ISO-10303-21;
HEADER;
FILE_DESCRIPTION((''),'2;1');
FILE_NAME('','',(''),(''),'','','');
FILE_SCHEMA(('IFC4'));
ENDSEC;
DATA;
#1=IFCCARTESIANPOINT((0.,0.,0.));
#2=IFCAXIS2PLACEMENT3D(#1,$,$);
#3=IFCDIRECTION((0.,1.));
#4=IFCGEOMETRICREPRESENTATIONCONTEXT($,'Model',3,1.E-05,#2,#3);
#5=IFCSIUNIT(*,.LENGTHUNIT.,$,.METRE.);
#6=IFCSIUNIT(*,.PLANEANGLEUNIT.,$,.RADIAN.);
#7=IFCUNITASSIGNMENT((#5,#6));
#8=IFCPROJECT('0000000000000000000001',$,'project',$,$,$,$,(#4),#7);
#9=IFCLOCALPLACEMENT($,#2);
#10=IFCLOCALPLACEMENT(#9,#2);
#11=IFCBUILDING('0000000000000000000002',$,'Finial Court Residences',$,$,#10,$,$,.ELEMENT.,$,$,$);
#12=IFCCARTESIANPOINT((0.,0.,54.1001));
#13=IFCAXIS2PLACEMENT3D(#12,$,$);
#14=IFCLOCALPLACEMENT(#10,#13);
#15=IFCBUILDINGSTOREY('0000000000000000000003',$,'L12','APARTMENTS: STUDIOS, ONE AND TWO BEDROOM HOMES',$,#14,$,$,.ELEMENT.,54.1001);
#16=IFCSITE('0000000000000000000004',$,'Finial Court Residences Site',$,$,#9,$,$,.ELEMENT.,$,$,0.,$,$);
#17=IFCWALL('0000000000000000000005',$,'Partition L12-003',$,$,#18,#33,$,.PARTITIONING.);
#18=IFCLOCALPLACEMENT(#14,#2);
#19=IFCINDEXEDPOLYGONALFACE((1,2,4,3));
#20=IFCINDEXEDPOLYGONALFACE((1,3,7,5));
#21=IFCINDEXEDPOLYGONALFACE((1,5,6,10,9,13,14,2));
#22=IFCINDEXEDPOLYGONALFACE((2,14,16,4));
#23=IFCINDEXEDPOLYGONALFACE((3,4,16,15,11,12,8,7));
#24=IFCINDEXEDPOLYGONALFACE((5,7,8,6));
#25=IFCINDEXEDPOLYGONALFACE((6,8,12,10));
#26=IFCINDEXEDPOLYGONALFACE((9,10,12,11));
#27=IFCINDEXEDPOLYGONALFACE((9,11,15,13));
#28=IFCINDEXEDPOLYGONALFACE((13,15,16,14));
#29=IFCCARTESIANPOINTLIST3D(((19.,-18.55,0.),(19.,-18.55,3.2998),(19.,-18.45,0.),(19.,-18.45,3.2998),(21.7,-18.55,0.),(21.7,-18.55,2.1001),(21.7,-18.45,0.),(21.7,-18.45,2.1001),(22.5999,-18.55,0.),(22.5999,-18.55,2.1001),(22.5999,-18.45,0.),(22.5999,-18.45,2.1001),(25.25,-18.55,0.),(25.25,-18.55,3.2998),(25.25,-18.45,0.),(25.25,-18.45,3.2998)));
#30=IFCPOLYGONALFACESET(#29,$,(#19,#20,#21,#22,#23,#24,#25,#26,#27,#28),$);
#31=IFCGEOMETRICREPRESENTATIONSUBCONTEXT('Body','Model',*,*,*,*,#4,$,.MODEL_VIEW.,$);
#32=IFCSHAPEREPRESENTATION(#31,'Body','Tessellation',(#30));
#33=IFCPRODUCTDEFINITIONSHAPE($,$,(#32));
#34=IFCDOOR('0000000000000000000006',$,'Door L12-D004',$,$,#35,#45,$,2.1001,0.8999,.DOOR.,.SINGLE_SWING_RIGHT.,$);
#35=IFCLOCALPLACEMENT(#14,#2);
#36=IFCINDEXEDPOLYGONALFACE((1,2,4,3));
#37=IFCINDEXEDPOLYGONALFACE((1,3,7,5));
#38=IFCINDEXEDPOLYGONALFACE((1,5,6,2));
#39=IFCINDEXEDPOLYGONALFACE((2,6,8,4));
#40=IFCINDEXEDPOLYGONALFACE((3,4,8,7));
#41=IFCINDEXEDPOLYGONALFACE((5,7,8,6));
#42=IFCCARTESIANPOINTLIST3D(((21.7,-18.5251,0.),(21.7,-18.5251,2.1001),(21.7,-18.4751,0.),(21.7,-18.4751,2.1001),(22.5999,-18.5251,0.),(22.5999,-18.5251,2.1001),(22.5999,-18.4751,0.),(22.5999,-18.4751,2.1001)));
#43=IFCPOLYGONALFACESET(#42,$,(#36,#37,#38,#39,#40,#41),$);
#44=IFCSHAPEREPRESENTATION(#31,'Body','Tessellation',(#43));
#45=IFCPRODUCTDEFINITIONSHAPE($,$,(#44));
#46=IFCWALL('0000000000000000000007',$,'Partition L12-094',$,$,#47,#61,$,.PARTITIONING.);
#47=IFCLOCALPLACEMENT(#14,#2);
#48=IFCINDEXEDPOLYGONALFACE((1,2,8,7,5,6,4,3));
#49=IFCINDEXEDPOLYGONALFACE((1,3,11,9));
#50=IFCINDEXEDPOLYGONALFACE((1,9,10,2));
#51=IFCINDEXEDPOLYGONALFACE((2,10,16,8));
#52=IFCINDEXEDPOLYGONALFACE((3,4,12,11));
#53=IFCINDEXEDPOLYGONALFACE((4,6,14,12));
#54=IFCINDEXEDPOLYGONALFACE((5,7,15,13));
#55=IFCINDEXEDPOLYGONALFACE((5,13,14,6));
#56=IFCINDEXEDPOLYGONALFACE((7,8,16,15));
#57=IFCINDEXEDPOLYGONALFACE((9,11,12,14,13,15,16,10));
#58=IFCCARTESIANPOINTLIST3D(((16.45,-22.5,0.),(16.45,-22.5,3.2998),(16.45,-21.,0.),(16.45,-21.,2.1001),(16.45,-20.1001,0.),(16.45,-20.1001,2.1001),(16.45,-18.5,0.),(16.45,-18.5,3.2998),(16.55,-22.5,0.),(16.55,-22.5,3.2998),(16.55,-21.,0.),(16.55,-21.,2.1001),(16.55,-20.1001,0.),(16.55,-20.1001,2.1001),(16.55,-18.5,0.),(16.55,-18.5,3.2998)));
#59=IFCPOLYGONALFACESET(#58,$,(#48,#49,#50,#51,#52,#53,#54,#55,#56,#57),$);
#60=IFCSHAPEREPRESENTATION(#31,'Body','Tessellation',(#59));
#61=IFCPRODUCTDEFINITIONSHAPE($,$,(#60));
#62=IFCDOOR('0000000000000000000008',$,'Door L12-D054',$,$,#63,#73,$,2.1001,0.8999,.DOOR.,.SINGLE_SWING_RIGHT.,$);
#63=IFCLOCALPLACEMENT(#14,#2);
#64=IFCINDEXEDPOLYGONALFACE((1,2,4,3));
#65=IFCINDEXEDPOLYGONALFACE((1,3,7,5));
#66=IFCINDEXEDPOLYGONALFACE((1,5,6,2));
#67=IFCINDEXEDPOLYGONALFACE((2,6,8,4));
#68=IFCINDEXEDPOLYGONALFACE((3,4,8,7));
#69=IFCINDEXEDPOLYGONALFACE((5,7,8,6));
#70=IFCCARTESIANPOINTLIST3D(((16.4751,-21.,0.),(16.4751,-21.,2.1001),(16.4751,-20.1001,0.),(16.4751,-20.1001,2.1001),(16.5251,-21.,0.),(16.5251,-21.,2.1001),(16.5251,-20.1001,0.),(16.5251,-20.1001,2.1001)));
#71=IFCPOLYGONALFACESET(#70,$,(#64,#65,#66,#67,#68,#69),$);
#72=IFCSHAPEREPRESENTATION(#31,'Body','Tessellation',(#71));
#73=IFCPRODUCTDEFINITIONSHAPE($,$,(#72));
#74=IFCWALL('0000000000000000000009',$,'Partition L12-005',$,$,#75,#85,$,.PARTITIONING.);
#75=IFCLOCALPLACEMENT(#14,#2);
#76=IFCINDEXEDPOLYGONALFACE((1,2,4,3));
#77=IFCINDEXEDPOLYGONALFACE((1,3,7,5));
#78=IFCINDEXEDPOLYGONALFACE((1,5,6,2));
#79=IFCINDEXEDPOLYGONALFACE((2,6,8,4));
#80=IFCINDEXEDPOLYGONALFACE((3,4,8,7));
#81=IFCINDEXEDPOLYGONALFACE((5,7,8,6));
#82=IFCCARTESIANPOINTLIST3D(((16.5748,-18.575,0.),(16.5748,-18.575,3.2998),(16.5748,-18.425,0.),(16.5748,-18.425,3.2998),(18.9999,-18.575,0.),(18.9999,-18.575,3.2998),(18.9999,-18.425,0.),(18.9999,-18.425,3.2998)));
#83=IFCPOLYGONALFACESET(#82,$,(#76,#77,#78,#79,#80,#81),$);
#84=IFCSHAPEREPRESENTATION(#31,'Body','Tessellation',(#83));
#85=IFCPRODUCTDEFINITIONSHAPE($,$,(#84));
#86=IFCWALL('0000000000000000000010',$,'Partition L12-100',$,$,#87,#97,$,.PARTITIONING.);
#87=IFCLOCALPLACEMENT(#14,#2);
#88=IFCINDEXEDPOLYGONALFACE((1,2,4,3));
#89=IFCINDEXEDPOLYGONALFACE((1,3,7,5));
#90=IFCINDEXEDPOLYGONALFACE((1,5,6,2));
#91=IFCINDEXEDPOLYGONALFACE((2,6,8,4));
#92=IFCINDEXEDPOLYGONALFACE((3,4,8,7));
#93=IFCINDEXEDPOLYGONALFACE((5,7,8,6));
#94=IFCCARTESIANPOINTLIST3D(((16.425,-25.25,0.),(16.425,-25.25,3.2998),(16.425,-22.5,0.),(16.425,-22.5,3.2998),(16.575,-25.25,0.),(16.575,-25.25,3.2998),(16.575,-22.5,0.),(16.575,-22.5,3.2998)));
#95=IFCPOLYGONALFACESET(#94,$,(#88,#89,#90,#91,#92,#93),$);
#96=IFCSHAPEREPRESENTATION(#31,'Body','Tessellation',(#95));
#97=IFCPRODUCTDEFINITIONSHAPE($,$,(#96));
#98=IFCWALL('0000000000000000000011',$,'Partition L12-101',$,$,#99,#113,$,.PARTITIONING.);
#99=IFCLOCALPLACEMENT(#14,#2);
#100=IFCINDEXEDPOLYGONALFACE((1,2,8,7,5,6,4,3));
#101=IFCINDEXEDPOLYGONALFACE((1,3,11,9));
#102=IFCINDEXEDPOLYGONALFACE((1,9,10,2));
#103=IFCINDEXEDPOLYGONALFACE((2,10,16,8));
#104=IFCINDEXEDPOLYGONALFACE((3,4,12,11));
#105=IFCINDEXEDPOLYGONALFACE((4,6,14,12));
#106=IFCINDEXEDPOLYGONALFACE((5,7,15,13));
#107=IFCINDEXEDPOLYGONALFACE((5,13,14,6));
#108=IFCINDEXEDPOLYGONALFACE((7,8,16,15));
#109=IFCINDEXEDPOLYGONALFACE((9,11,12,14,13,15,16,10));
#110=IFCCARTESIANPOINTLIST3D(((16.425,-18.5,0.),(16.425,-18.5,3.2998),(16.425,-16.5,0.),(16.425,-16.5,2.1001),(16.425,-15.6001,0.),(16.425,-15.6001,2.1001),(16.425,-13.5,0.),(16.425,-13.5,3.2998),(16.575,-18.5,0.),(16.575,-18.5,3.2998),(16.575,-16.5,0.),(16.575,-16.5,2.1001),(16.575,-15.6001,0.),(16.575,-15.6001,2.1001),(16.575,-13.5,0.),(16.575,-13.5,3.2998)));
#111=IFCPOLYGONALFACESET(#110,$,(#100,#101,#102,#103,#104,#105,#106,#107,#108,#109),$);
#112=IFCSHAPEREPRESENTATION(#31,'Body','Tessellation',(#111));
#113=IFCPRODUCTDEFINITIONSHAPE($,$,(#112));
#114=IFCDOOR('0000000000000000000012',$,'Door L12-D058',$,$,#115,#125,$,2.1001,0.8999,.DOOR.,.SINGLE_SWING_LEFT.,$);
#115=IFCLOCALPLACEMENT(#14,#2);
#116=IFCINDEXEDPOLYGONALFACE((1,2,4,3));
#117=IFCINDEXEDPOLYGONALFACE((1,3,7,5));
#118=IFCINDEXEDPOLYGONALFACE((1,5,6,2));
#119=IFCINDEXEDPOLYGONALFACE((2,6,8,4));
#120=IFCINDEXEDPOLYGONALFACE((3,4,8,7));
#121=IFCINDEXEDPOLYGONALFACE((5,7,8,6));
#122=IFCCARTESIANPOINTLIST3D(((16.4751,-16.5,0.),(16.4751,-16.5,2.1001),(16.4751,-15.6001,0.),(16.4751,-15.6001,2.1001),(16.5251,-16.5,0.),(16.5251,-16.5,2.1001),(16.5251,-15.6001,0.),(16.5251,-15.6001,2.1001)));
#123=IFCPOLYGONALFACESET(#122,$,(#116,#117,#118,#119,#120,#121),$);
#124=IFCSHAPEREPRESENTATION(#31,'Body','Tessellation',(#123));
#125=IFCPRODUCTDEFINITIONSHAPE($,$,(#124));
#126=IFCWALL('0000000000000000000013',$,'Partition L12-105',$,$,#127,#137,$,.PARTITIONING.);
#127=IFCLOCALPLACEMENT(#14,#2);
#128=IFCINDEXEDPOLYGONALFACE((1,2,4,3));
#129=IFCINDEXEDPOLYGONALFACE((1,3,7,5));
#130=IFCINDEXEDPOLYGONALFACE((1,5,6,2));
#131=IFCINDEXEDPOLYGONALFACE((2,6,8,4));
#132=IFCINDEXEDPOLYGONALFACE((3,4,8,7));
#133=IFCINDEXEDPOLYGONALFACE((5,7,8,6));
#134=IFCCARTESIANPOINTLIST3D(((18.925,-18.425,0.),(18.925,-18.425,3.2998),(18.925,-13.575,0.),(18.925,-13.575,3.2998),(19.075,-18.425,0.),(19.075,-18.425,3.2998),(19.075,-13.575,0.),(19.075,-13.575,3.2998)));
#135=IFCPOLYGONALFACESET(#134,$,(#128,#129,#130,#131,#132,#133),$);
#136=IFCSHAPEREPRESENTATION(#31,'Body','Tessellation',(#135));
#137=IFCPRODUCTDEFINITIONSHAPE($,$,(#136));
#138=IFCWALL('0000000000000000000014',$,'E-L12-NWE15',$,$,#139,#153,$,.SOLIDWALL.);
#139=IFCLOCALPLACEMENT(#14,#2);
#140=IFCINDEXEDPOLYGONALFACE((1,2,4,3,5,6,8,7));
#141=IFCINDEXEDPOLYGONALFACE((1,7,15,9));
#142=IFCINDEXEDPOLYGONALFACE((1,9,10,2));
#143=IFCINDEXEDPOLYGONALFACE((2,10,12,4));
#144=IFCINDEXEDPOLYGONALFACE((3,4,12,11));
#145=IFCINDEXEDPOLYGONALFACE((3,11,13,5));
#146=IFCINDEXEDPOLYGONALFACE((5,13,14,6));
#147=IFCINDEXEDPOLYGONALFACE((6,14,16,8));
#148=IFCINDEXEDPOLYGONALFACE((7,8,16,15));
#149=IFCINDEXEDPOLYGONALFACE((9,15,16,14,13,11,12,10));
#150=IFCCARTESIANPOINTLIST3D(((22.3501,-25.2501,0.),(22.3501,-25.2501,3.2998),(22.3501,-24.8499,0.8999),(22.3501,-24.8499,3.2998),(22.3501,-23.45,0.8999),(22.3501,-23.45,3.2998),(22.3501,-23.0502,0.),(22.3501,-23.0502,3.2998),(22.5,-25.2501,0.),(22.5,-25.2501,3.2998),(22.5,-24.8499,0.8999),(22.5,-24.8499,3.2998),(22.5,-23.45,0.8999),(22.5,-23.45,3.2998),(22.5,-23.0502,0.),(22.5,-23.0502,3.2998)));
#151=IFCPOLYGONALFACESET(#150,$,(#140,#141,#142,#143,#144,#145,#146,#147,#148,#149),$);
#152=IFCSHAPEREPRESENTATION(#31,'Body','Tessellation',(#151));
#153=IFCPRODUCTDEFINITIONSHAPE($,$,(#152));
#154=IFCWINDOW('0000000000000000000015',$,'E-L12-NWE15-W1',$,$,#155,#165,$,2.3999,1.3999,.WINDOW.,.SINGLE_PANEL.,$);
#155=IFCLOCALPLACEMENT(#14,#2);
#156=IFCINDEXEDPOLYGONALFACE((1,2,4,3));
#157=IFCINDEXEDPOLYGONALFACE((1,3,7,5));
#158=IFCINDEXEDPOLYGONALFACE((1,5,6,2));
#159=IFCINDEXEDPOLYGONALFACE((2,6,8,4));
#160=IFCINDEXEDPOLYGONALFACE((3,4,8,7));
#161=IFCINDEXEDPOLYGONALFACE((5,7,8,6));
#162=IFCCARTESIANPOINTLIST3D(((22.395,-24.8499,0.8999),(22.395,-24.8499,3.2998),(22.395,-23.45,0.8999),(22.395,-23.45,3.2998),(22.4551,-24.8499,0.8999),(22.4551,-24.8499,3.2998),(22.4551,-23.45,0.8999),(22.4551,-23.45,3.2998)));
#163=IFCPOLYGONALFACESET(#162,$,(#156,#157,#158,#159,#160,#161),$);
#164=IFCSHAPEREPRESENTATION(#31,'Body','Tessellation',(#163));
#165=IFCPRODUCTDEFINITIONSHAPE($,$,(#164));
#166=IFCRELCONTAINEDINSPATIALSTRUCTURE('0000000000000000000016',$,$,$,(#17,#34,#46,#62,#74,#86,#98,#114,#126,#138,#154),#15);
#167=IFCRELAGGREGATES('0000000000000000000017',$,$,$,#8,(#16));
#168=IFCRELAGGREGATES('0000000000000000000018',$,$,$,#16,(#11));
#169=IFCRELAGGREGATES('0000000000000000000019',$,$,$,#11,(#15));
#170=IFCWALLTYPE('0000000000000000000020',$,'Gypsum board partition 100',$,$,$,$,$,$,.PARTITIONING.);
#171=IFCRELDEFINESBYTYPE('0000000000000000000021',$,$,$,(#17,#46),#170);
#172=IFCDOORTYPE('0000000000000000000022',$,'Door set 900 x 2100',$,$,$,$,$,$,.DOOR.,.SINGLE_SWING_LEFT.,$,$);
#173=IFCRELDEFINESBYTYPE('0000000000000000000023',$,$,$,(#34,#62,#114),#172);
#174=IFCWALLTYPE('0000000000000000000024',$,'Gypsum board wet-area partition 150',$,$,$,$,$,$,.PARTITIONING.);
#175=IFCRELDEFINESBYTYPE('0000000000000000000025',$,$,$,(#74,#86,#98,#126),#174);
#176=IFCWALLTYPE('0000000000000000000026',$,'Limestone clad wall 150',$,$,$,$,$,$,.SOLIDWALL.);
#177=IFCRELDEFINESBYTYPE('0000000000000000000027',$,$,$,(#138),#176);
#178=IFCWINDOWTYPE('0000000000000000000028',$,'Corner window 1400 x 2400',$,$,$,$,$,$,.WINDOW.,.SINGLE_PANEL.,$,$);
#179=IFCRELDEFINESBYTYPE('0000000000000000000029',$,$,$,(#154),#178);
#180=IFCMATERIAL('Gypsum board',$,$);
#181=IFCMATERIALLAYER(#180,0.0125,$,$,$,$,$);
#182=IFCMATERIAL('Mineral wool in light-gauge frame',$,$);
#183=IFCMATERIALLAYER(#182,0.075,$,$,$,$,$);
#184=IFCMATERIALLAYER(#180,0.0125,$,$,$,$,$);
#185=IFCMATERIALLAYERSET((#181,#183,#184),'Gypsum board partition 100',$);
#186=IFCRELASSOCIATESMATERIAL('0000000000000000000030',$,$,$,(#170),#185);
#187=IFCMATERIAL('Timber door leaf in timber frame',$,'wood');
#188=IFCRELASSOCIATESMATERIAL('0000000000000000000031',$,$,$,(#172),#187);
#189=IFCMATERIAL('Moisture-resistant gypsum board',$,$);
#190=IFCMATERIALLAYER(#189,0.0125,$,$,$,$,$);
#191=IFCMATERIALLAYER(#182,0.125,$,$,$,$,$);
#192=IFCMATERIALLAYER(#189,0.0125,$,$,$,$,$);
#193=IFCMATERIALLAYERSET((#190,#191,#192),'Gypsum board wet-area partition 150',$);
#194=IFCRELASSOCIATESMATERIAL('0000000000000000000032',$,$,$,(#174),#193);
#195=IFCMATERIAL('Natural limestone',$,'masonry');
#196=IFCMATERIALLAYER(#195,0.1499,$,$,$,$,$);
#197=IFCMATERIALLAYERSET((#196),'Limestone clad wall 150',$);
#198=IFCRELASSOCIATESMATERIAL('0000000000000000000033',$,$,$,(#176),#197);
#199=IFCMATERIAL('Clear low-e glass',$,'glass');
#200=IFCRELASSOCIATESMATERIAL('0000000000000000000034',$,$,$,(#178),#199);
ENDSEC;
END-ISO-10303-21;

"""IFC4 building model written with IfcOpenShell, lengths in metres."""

from ifc_helpers import new_model, si_unit, direction, frame, frame_2d, origin, place, context, subcontext, project, spatial, rectangle, extrude, material, layer, layer_set, type_object, element, fill, save


model = new_model("IFC4")

# Units and contexts
model_context = context("Model", 3, precision=1e-05, world=origin(), true_north=direction((0.0, 1.0)))
body_context = subcontext(model_context, "Body", "Model", "MODEL_VIEW")
ifc_project = project(units=[si_unit("LENGTHUNIT", "METRE"), si_unit("PLANEANGLEUNIT", "RADIAN")], contexts=[model_context])

# Site, building, storey
site_placement = place(None, origin())
site = spatial("IfcSite", under=ifc_project, at=site_placement, Name="Finial Court Residences Site", CompositionType="ELEMENT", RefElevation=0.0)
building_placement = place(site_placement, origin())
building = spatial("IfcBuilding", under=site, at=building_placement, Name="Finial Court Residences", CompositionType="ELEMENT")
storey_placement = place(building_placement, frame((0.0, 0.0, 54.1001)))
storey = spatial("IfcBuildingStorey", under=building, at=storey_placement, Name="L12", Description="APARTMENTS: STUDIOS, ONE AND TWO BEDROOM HOMES", CompositionType="ELEMENT", Elevation=54.1001)

# Shared definitions
ifc_material_1 = material(Name="Clear low-e glass", Category="glass")

# Walls, openings, doors
ifc_material_2 = material(Name="Gypsum board")
ifc_layer_1 = layer(ifc_material_2, 0.0125)
ifc_material_3 = material(Name="Mineral wool in light-gauge frame")
ifc_layer_2 = layer(ifc_material_3, 0.075)
ifc_layer_3 = layer(ifc_material_2, 0.0125)
ifc_layer_set_1 = layer_set([ifc_layer_1, ifc_layer_2, ifc_layer_3], Name="Gypsum board partition 100")
wall_type_1 = type_object("IfcWallType", Name="Gypsum board partition 100", PredefinedType="PARTITIONING", material=ifc_layer_set_1)
wall_1_placement = place(storey_placement, frame((19.0, -18.5, 0.0), z_axis=(0.0, 0.0, 1.0), x_axis=(1.0, 0.0, 0.0)))
wall_1 = element("IfcWall", 1, at=wall_1_placement, inside=storey, type_object=wall_type_1, Name="Partition L12-003", PredefinedType="PARTITIONING", context=body_context, shape_type="SweptSolid", body=[
    extrude(rectangle(XDim=6.25, YDim=0.1001, at=frame_2d((3.125, 0.0))), origin(), (0.0, 0.0, 1.0), 3.2998),
])
opening_1_placement = place(wall_1_placement, frame((2.7, 0.0, 0.0)))
opening_1 = element("IfcOpeningElement", 2, at=opening_1_placement, cuts=wall_1, PredefinedType="OPENING", context=body_context, shape_type="SweptSolid", body=[
    extrude(rectangle(XDim=0.8999, YDim=2.1001, at=frame_2d((0.45, 1.05))), frame((0.0, 0.0601, 0.0), z_axis=(0.0, -1.0, 0.0), x_axis=(1.0, 0.0, 0.0)), (0.0, 0.0, 1.0), 0.1201),
])
ifc_material_4 = material(Name="Timber door leaf in timber frame", Category="wood")
door_type = type_object("IfcDoorType", Name="Door set 900 x 2100", OperationType="SINGLE_SWING_LEFT", PredefinedType="DOOR", material=ifc_material_4)
door_1_placement = place(opening_1_placement, origin())
door_1 = element("IfcDoor", 3, at=door_1_placement, inside=storey, type_object=door_type, Name="Door L12-D004", OperationType="SINGLE_SWING_RIGHT", OverallHeight=2.1001, OverallWidth=0.8999, PredefinedType="DOOR", context=body_context, shape_type="SweptSolid", body=[
    extrude(rectangle(XDim=0.8999, YDim=2.1001, at=frame_2d((0.45, 1.05))), frame((0.0, 0.0249, 0.0), z_axis=(0.0, -1.0, 0.0), x_axis=(1.0, 0.0, 0.0)), (0.0, 0.0, 1.0), 0.05),
])
fill(opening_1, door_1)
wall_2_placement = place(storey_placement, frame((16.5, -22.5, 0.0), z_axis=(0.0, 0.0, 1.0), x_axis=(0.0, 1.0, 0.0)))
wall_2 = element("IfcWall", 4, at=wall_2_placement, inside=storey, type_object=wall_type_1, Name="Partition L12-094", PredefinedType="PARTITIONING", context=body_context, shape_type="SweptSolid", body=[
    extrude(rectangle(XDim=4.0, YDim=0.1001, at=frame_2d((2.0, 0.0))), origin(), (0.0, 0.0, 1.0), 3.2998),
])
opening_2_placement = place(wall_2_placement, frame((1.5, 0.0, 0.0)))
opening_2 = element("IfcOpeningElement", 5, at=opening_2_placement, cuts=wall_2, PredefinedType="OPENING", context=body_context, shape_type="SweptSolid", body=[
    extrude(rectangle(XDim=0.8999, YDim=2.1001, at=frame_2d((0.45, 1.05))), frame((0.0, 0.0601, 0.0), z_axis=(0.0, -1.0, 0.0), x_axis=(1.0, 0.0, 0.0)), (0.0, 0.0, 1.0), 0.1201),
])
door_2_placement = place(opening_2_placement, origin())
door_2 = element("IfcDoor", 6, at=door_2_placement, inside=storey, type_object=door_type, Name="Door L12-D054", OperationType="SINGLE_SWING_RIGHT", OverallHeight=2.1001, OverallWidth=0.8999, PredefinedType="DOOR", context=body_context, shape_type="SweptSolid", body=[
    extrude(rectangle(XDim=0.8999, YDim=2.1001, at=frame_2d((0.45, 1.05))), frame((0.0, 0.0249, 0.0), z_axis=(0.0, -1.0, 0.0), x_axis=(1.0, 0.0, 0.0)), (0.0, 0.0, 1.0), 0.05),
])
fill(opening_2, door_2)

# Walls
ifc_material_5 = material(Name="Moisture-resistant gypsum board")
ifc_layer_4 = layer(ifc_material_5, 0.0125)
ifc_layer_5 = layer(ifc_material_3, 0.125)
ifc_layer_6 = layer(ifc_material_5, 0.0125)
ifc_layer_set_2 = layer_set([ifc_layer_4, ifc_layer_5, ifc_layer_6], Name="Gypsum board wet-area partition 150")
wall_type_2 = type_object("IfcWallType", Name="Gypsum board wet-area partition 150", PredefinedType="PARTITIONING", material=ifc_layer_set_2)
wall_3_placement = place(storey_placement, frame((16.575, -18.5, 0.0), z_axis=(0.0, 0.0, 1.0), x_axis=(1.0, 0.0, 0.0)))
element("IfcWall", 7, at=wall_3_placement, inside=storey, type_object=wall_type_2, Name="Partition L12-005", PredefinedType="PARTITIONING", context=body_context, shape_type="SweptSolid", body=[
    extrude(rectangle(XDim=2.425, YDim=0.1499, at=frame_2d((1.2124, 0.0))), origin(), (0.0, 0.0, 1.0), 3.2998),
])
wall_4_placement = place(storey_placement, frame((16.5, -25.25, 0.0), z_axis=(0.0, 0.0, 1.0), x_axis=(0.0, 1.0, 0.0)))
element("IfcWall", 8, at=wall_4_placement, inside=storey, type_object=wall_type_2, Name="Partition L12-100", PredefinedType="PARTITIONING", context=body_context, shape_type="SweptSolid", body=[
    extrude(rectangle(XDim=2.75, YDim=0.1499, at=frame_2d((1.375, 0.0))), origin(), (0.0, 0.0, 1.0), 3.2998),
])

# Wall, opening, door
wall_5_placement = place(storey_placement, frame((16.5, -18.5, 0.0), z_axis=(0.0, 0.0, 1.0), x_axis=(0.0, 1.0, 0.0)))
wall_5 = element("IfcWall", 9, at=wall_5_placement, inside=storey, type_object=wall_type_2, Name="Partition L12-101", PredefinedType="PARTITIONING", context=body_context, shape_type="SweptSolid", body=[
    extrude(rectangle(XDim=5.0, YDim=0.1499, at=frame_2d((2.5, 0.0))), origin(), (0.0, 0.0, 1.0), 3.2998),
])
opening_3_placement = place(wall_5_placement, frame((2.0, 0.0, 0.0)))
opening_3 = element("IfcOpeningElement", 10, at=opening_3_placement, cuts=wall_5, PredefinedType="OPENING", context=body_context, shape_type="SweptSolid", body=[
    extrude(rectangle(XDim=0.8999, YDim=2.1001, at=frame_2d((0.45, 1.05))), frame((0.0, 0.085, 0.0), z_axis=(0.0, -1.0, 0.0), x_axis=(1.0, 0.0, 0.0)), (0.0, 0.0, 1.0), 0.1699),
])
door_3_placement = place(opening_3_placement, origin())
door_3 = element("IfcDoor", 11, at=door_3_placement, inside=storey, type_object=door_type, Name="Door L12-D058", OperationType="SINGLE_SWING_LEFT", OverallHeight=2.1001, OverallWidth=0.8999, PredefinedType="DOOR", context=body_context, shape_type="SweptSolid", body=[
    extrude(rectangle(XDim=0.8999, YDim=2.1001, at=frame_2d((0.45, 1.05))), frame((0.0, 0.0249, 0.0), z_axis=(0.0, -1.0, 0.0), x_axis=(1.0, 0.0, 0.0)), (0.0, 0.0, 1.0), 0.05),
])
fill(opening_3, door_3)

# Wall
wall_6_placement = place(storey_placement, frame((19.0, -18.425, 0.0), z_axis=(0.0, 0.0, 1.0), x_axis=(0.0, 1.0, 0.0)))
element("IfcWall", 12, at=wall_6_placement, inside=storey, type_object=wall_type_2, Name="Partition L12-105", PredefinedType="PARTITIONING", context=body_context, shape_type="SweptSolid", body=[
    extrude(rectangle(XDim=4.8501, YDim=0.1499, at=frame_2d((2.425, 0.0))), origin(), (0.0, 0.0, 1.0), 3.2998),
])

# Wall, opening, window
ifc_material_6 = material(Name="Natural limestone", Category="masonry")
ifc_layer_7 = layer(ifc_material_6, 0.1499)
ifc_layer_set_3 = layer_set([ifc_layer_7], Name="Limestone clad wall 150")
wall_type_3 = type_object("IfcWallType", Name="Limestone clad wall 150", PredefinedType="SOLIDWALL", material=ifc_layer_set_3)
wall_7_placement = place(storey_placement, frame((22.425, -23.05, 0.0), z_axis=(0.0, 0.0, 1.0), x_axis=(0.0, -1.0, 0.0)))
wall_7 = element("IfcWall", 13, at=wall_7_placement, inside=storey, type_object=wall_type_3, Name="E-L12-NWE15", PredefinedType="SOLIDWALL", context=body_context, shape_type="SweptSolid", body=[
    extrude(rectangle(XDim=2.2, YDim=0.1499, at=frame_2d((1.1001, 0.0))), origin(), (0.0, 0.0, 1.0), 3.2998),
])
opening_4_placement = place(wall_7_placement, frame((0.3999, 0.0, 0.8999)))
opening_4 = element("IfcOpeningElement", 14, at=opening_4_placement, cuts=wall_7, PredefinedType="OPENING", context=body_context, shape_type="SweptSolid", body=[
    extrude(rectangle(XDim=1.3999, YDim=2.3999, at=frame_2d((0.7, 1.2))), frame((0.0, 0.085, 0.0), z_axis=(0.0, -1.0, 0.0), x_axis=(1.0, 0.0, 0.0)), (0.0, 0.0, 1.0), 0.1699),
])
window_type_1 = type_object("IfcWindowType", Name="Corner window 1400 x 2400", PartitioningType="SINGLE_PANEL", PredefinedType="WINDOW", material=ifc_material_1)
window_1_placement = place(opening_4_placement, origin())
window_1 = element("IfcWindow", 15, at=window_1_placement, inside=storey, type_object=window_type_1, Name="E-L12-NWE15-W1", OverallHeight=2.3999, OverallWidth=1.3999, PartitioningType="SINGLE_PANEL", PredefinedType="WINDOW", context=body_context, shape_type="SweptSolid", body=[
    extrude(rectangle(XDim=1.3999, YDim=2.3999, at=frame_2d((0.7, 1.2))), frame((0.0, 0.03, 0.0), z_axis=(0.0, -1.0, 0.0), x_axis=(1.0, 0.0, 0.0)), (0.0, 0.0, 1.0), 0.0601),
])
fill(opening_4, window_1)

save(model, "model.ifc")
